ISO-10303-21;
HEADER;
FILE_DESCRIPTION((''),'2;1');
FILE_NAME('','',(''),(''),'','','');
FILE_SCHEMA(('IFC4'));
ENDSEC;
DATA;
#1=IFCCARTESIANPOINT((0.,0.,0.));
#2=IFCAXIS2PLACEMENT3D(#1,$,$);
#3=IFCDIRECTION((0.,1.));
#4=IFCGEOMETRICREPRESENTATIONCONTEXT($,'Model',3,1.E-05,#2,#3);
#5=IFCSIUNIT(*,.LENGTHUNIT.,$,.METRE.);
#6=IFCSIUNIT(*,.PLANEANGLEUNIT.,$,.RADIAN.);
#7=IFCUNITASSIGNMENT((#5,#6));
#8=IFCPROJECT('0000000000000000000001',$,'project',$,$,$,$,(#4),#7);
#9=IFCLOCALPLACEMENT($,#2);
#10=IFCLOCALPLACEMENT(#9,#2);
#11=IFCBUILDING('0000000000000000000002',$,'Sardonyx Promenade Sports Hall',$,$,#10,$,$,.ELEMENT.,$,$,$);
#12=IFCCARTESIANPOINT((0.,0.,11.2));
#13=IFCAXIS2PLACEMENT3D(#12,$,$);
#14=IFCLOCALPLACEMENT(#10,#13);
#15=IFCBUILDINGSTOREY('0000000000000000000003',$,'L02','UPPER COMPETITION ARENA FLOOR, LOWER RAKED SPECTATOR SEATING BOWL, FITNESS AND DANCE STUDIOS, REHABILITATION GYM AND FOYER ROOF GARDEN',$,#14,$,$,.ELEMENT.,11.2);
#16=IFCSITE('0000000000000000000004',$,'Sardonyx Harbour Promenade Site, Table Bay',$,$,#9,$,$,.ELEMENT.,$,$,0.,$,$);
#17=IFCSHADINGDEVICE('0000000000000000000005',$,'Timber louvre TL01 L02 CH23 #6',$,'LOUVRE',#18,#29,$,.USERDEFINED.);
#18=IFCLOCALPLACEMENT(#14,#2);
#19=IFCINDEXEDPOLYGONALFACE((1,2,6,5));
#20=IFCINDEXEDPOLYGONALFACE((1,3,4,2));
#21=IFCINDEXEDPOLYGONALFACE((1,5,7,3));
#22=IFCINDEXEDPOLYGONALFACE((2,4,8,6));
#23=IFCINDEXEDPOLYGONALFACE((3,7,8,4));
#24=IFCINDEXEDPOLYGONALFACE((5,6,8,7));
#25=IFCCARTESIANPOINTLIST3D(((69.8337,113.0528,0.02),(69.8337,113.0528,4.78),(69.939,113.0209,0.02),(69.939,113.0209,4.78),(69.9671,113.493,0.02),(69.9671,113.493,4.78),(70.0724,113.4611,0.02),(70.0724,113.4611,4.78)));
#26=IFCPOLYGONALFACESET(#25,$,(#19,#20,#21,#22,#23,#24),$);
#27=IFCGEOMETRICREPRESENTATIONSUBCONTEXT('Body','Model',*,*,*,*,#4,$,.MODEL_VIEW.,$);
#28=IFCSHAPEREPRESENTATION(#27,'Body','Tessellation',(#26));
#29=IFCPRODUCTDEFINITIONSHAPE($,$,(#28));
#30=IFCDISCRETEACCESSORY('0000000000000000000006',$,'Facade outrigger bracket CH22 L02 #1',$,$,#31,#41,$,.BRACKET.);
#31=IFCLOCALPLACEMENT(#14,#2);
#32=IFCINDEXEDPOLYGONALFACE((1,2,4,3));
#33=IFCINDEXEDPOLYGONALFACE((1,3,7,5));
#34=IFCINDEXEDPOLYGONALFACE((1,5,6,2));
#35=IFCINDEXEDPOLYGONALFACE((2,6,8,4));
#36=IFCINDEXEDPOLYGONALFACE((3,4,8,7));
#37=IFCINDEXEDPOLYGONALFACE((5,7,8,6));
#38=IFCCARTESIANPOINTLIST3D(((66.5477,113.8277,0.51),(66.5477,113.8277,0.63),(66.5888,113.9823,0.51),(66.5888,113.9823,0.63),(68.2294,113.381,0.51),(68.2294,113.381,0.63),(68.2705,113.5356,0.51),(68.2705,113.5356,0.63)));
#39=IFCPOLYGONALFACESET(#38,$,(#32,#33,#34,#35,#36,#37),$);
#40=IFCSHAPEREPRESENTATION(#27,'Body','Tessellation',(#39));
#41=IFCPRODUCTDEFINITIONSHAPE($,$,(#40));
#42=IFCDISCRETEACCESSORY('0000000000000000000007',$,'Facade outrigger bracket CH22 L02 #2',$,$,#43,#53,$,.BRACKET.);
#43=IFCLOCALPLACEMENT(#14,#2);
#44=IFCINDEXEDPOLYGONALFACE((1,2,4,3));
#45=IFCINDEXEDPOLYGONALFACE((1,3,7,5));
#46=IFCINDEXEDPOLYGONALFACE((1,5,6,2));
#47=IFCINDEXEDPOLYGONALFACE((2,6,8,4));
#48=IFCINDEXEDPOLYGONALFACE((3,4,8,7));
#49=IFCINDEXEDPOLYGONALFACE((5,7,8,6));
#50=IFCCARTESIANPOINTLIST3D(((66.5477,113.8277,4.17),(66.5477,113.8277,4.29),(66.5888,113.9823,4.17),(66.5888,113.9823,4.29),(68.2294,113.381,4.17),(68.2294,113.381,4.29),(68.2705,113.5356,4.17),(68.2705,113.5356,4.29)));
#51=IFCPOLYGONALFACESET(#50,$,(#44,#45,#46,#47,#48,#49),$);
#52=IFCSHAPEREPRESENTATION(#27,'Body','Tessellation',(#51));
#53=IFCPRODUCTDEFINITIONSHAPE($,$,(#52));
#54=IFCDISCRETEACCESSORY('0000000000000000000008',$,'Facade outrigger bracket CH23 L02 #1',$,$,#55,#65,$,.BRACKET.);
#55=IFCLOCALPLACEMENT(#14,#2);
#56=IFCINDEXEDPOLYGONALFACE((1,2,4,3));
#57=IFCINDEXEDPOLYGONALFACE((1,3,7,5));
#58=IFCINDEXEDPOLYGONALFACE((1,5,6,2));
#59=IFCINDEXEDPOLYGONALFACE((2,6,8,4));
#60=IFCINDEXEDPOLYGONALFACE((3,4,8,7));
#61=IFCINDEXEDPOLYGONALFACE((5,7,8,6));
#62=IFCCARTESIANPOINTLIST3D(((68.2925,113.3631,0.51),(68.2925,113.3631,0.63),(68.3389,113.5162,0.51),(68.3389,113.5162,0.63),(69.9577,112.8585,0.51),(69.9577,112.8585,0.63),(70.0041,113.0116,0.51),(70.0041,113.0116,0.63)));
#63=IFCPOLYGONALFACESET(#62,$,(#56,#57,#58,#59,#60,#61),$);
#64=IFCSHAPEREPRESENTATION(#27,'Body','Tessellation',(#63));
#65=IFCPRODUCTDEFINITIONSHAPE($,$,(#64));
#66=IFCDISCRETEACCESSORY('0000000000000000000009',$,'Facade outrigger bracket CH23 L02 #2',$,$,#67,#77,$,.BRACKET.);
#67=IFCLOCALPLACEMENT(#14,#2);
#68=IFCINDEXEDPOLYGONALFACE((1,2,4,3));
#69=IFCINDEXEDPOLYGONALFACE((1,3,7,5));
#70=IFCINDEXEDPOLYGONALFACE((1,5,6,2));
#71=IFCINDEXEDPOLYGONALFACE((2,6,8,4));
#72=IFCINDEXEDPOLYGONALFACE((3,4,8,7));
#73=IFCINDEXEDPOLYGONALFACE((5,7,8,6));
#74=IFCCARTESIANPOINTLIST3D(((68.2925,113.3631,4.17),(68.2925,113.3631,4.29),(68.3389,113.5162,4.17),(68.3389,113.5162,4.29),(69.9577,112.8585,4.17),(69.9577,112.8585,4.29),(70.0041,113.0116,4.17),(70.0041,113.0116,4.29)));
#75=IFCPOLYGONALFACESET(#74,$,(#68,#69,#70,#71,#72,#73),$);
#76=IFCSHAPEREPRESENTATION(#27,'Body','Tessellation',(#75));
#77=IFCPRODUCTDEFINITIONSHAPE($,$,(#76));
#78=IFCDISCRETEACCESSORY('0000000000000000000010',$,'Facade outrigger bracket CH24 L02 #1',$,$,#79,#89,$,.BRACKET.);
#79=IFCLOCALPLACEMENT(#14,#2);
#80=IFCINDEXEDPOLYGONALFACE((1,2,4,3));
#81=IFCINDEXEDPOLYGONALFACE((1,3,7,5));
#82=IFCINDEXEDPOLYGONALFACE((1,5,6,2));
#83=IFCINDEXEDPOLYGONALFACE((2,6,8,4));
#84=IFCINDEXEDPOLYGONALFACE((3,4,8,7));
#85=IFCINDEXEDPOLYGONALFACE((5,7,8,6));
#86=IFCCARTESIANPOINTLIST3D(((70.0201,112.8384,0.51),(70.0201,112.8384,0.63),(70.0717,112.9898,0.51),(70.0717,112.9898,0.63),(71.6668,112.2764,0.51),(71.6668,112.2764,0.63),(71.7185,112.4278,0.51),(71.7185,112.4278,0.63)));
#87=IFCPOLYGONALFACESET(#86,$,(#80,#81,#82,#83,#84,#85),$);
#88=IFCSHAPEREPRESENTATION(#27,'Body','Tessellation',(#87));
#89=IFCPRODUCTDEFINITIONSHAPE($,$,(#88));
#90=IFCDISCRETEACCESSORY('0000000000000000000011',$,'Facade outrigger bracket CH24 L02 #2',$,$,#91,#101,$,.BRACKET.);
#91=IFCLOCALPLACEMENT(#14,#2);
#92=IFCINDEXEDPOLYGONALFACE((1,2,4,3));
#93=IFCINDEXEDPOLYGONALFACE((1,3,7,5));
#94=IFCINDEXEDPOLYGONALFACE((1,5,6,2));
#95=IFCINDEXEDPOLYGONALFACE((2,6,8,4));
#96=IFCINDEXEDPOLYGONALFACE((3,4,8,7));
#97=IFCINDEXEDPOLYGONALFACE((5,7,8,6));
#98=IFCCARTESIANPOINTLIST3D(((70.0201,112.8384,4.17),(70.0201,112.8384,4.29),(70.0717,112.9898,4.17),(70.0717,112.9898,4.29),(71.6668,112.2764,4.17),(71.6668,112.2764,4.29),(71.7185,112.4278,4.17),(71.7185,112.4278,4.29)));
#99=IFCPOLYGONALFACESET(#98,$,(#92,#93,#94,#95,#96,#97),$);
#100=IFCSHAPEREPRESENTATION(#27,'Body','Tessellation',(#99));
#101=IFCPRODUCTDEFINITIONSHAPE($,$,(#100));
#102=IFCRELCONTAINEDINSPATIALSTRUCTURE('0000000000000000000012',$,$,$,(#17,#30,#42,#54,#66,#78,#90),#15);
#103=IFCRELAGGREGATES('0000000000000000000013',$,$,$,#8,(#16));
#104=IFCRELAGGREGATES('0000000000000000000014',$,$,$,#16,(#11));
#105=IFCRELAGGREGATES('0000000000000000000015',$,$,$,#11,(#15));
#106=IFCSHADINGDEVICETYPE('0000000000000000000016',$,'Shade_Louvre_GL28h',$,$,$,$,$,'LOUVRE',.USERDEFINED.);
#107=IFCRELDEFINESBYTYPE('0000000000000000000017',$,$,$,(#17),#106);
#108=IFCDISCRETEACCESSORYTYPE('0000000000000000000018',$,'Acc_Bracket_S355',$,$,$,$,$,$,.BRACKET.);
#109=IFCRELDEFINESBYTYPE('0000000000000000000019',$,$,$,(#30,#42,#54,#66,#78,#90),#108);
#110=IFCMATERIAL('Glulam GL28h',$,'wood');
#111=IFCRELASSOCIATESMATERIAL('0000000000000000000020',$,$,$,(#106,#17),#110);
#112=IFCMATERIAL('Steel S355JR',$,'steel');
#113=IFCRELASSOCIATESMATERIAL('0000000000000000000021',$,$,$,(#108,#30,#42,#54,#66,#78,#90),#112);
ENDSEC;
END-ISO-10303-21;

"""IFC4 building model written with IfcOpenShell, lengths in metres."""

from ifc_helpers import new_model, si_unit, direction, frame, origin, place, context, subcontext, project, spatial, rectangle, extrude, material, type_object, element, save


model = new_model("IFC4")

# Units and contexts
model_context = context("Model", 3, precision=1e-05, world=origin(), true_north=direction((0.0, 1.0)))
body_context = subcontext(model_context, "Body", "Model", "MODEL_VIEW")
ifc_project = project(units=[si_unit("LENGTHUNIT", "METRE"), si_unit("PLANEANGLEUNIT", "RADIAN")], contexts=[model_context])

# Site, building, storey
site_placement = place(None, origin())
site = spatial("IfcSite", under=ifc_project, at=site_placement, Name="Sardonyx Harbour Promenade Site, Table Bay", CompositionType="ELEMENT", RefElevation=0.0)
building_placement = place(site_placement, origin())
building = spatial("IfcBuilding", under=site, at=building_placement, Name="Sardonyx Promenade Sports Hall", CompositionType="ELEMENT")
storey_placement = place(building_placement, frame((0.0, 0.0, 11.2)))
storey = spatial("IfcBuildingStorey", under=building, at=storey_placement, Name="L02", Description="UPPER COMPETITION ARENA FLOOR, LOWER RAKED SPECTATOR SEATING BOWL, FITNESS AND DANCE STUDIOS, REHABILITATION GYM AND FOYER ROOF GARDEN", CompositionType="ELEMENT", Elevation=11.2)

# Shading device
ifc_material_1 = material(Name="Glulam GL28h", Category="wood")
shading_device_type_1 = type_object("IfcShadingDeviceType", Name="Shade_Louvre_GL28h", ElementType="LOUVRE", PredefinedType="USERDEFINED", material=ifc_material_1)
for number, where, z_axis, x_axis, name in (
    (1, (69.953, 113.2569, 0.02), (0.0, 0.0, 1.0), (0.957021, -0.290017, 0.0), "Timber louvre TL01 L02 CH23 #6"),
):
    element("IfcShadingDevice", number, at=place(storey_placement, frame(where, z_axis=z_axis, x_axis=x_axis)), inside=storey, type_object=shading_device_type_1, material=ifc_material_1, Name=name, ObjectType="LOUVRE", PredefinedType="USERDEFINED", context=body_context, shape_type="SweptSolid", body=[
        extrude(rectangle(XDim=0.11, YDim=0.46), origin(), (0.0, 0.0, 1.0), 4.76),
    ])

# Discrete accessories
ifc_material_2 = material(Name="Steel S355JR", Category="steel")
discrete_accessory_type = type_object("IfcDiscreteAccessoryType", Name="Acc_Bracket_S355", PredefinedType="BRACKET", material=ifc_material_2)
for number, where, z_axis, x_axis, name in (
    (2, (67.4091, 113.6817, 0.51), (0.0, 0.0, 1.0), (0.966485, -0.256721, 0.0), "Facade outrigger bracket CH22 L02 #1"),
    (3, (67.4091, 113.6817, 4.17), (0.0, 0.0, 1.0), (0.966485, -0.256721, 0.0), "Facade outrigger bracket CH22 L02 #2"),
    (4, (69.1483, 113.1873, 0.51), (0.0, 0.0, 1.0), (0.957021, -0.290017, 0.0), "Facade outrigger bracket CH23 L02 #1"),
    (5, (69.1483, 113.1873, 4.17), (0.0, 0.0, 1.0), (0.957021, -0.290017, 0.0), "Facade outrigger bracket CH23 L02 #2"),
    (6, (70.8693, 112.6331, 0.51), (0.0, 0.0, 1.0), (0.946411, -0.322966, 0.0), "Facade outrigger bracket CH24 L02 #1"),
    (7, (70.8693, 112.6331, 4.17), (0.0, 0.0, 1.0), (0.946411, -0.322966, 0.0), "Facade outrigger bracket CH24 L02 #2"),
):
    element("IfcDiscreteAccessory", number, at=place(storey_placement, frame(where, z_axis=z_axis, x_axis=x_axis)), inside=storey, type_object=discrete_accessory_type, material=ifc_material_2, Name=name, PredefinedType="BRACKET", context=body_context, shape_type="SweptSolid", body=[
        extrude(rectangle(XDim=1.74, YDim=0.16), origin(), (0.0, 0.0, 1.0), 0.12),
    ])

save(model, "model.ifc")
